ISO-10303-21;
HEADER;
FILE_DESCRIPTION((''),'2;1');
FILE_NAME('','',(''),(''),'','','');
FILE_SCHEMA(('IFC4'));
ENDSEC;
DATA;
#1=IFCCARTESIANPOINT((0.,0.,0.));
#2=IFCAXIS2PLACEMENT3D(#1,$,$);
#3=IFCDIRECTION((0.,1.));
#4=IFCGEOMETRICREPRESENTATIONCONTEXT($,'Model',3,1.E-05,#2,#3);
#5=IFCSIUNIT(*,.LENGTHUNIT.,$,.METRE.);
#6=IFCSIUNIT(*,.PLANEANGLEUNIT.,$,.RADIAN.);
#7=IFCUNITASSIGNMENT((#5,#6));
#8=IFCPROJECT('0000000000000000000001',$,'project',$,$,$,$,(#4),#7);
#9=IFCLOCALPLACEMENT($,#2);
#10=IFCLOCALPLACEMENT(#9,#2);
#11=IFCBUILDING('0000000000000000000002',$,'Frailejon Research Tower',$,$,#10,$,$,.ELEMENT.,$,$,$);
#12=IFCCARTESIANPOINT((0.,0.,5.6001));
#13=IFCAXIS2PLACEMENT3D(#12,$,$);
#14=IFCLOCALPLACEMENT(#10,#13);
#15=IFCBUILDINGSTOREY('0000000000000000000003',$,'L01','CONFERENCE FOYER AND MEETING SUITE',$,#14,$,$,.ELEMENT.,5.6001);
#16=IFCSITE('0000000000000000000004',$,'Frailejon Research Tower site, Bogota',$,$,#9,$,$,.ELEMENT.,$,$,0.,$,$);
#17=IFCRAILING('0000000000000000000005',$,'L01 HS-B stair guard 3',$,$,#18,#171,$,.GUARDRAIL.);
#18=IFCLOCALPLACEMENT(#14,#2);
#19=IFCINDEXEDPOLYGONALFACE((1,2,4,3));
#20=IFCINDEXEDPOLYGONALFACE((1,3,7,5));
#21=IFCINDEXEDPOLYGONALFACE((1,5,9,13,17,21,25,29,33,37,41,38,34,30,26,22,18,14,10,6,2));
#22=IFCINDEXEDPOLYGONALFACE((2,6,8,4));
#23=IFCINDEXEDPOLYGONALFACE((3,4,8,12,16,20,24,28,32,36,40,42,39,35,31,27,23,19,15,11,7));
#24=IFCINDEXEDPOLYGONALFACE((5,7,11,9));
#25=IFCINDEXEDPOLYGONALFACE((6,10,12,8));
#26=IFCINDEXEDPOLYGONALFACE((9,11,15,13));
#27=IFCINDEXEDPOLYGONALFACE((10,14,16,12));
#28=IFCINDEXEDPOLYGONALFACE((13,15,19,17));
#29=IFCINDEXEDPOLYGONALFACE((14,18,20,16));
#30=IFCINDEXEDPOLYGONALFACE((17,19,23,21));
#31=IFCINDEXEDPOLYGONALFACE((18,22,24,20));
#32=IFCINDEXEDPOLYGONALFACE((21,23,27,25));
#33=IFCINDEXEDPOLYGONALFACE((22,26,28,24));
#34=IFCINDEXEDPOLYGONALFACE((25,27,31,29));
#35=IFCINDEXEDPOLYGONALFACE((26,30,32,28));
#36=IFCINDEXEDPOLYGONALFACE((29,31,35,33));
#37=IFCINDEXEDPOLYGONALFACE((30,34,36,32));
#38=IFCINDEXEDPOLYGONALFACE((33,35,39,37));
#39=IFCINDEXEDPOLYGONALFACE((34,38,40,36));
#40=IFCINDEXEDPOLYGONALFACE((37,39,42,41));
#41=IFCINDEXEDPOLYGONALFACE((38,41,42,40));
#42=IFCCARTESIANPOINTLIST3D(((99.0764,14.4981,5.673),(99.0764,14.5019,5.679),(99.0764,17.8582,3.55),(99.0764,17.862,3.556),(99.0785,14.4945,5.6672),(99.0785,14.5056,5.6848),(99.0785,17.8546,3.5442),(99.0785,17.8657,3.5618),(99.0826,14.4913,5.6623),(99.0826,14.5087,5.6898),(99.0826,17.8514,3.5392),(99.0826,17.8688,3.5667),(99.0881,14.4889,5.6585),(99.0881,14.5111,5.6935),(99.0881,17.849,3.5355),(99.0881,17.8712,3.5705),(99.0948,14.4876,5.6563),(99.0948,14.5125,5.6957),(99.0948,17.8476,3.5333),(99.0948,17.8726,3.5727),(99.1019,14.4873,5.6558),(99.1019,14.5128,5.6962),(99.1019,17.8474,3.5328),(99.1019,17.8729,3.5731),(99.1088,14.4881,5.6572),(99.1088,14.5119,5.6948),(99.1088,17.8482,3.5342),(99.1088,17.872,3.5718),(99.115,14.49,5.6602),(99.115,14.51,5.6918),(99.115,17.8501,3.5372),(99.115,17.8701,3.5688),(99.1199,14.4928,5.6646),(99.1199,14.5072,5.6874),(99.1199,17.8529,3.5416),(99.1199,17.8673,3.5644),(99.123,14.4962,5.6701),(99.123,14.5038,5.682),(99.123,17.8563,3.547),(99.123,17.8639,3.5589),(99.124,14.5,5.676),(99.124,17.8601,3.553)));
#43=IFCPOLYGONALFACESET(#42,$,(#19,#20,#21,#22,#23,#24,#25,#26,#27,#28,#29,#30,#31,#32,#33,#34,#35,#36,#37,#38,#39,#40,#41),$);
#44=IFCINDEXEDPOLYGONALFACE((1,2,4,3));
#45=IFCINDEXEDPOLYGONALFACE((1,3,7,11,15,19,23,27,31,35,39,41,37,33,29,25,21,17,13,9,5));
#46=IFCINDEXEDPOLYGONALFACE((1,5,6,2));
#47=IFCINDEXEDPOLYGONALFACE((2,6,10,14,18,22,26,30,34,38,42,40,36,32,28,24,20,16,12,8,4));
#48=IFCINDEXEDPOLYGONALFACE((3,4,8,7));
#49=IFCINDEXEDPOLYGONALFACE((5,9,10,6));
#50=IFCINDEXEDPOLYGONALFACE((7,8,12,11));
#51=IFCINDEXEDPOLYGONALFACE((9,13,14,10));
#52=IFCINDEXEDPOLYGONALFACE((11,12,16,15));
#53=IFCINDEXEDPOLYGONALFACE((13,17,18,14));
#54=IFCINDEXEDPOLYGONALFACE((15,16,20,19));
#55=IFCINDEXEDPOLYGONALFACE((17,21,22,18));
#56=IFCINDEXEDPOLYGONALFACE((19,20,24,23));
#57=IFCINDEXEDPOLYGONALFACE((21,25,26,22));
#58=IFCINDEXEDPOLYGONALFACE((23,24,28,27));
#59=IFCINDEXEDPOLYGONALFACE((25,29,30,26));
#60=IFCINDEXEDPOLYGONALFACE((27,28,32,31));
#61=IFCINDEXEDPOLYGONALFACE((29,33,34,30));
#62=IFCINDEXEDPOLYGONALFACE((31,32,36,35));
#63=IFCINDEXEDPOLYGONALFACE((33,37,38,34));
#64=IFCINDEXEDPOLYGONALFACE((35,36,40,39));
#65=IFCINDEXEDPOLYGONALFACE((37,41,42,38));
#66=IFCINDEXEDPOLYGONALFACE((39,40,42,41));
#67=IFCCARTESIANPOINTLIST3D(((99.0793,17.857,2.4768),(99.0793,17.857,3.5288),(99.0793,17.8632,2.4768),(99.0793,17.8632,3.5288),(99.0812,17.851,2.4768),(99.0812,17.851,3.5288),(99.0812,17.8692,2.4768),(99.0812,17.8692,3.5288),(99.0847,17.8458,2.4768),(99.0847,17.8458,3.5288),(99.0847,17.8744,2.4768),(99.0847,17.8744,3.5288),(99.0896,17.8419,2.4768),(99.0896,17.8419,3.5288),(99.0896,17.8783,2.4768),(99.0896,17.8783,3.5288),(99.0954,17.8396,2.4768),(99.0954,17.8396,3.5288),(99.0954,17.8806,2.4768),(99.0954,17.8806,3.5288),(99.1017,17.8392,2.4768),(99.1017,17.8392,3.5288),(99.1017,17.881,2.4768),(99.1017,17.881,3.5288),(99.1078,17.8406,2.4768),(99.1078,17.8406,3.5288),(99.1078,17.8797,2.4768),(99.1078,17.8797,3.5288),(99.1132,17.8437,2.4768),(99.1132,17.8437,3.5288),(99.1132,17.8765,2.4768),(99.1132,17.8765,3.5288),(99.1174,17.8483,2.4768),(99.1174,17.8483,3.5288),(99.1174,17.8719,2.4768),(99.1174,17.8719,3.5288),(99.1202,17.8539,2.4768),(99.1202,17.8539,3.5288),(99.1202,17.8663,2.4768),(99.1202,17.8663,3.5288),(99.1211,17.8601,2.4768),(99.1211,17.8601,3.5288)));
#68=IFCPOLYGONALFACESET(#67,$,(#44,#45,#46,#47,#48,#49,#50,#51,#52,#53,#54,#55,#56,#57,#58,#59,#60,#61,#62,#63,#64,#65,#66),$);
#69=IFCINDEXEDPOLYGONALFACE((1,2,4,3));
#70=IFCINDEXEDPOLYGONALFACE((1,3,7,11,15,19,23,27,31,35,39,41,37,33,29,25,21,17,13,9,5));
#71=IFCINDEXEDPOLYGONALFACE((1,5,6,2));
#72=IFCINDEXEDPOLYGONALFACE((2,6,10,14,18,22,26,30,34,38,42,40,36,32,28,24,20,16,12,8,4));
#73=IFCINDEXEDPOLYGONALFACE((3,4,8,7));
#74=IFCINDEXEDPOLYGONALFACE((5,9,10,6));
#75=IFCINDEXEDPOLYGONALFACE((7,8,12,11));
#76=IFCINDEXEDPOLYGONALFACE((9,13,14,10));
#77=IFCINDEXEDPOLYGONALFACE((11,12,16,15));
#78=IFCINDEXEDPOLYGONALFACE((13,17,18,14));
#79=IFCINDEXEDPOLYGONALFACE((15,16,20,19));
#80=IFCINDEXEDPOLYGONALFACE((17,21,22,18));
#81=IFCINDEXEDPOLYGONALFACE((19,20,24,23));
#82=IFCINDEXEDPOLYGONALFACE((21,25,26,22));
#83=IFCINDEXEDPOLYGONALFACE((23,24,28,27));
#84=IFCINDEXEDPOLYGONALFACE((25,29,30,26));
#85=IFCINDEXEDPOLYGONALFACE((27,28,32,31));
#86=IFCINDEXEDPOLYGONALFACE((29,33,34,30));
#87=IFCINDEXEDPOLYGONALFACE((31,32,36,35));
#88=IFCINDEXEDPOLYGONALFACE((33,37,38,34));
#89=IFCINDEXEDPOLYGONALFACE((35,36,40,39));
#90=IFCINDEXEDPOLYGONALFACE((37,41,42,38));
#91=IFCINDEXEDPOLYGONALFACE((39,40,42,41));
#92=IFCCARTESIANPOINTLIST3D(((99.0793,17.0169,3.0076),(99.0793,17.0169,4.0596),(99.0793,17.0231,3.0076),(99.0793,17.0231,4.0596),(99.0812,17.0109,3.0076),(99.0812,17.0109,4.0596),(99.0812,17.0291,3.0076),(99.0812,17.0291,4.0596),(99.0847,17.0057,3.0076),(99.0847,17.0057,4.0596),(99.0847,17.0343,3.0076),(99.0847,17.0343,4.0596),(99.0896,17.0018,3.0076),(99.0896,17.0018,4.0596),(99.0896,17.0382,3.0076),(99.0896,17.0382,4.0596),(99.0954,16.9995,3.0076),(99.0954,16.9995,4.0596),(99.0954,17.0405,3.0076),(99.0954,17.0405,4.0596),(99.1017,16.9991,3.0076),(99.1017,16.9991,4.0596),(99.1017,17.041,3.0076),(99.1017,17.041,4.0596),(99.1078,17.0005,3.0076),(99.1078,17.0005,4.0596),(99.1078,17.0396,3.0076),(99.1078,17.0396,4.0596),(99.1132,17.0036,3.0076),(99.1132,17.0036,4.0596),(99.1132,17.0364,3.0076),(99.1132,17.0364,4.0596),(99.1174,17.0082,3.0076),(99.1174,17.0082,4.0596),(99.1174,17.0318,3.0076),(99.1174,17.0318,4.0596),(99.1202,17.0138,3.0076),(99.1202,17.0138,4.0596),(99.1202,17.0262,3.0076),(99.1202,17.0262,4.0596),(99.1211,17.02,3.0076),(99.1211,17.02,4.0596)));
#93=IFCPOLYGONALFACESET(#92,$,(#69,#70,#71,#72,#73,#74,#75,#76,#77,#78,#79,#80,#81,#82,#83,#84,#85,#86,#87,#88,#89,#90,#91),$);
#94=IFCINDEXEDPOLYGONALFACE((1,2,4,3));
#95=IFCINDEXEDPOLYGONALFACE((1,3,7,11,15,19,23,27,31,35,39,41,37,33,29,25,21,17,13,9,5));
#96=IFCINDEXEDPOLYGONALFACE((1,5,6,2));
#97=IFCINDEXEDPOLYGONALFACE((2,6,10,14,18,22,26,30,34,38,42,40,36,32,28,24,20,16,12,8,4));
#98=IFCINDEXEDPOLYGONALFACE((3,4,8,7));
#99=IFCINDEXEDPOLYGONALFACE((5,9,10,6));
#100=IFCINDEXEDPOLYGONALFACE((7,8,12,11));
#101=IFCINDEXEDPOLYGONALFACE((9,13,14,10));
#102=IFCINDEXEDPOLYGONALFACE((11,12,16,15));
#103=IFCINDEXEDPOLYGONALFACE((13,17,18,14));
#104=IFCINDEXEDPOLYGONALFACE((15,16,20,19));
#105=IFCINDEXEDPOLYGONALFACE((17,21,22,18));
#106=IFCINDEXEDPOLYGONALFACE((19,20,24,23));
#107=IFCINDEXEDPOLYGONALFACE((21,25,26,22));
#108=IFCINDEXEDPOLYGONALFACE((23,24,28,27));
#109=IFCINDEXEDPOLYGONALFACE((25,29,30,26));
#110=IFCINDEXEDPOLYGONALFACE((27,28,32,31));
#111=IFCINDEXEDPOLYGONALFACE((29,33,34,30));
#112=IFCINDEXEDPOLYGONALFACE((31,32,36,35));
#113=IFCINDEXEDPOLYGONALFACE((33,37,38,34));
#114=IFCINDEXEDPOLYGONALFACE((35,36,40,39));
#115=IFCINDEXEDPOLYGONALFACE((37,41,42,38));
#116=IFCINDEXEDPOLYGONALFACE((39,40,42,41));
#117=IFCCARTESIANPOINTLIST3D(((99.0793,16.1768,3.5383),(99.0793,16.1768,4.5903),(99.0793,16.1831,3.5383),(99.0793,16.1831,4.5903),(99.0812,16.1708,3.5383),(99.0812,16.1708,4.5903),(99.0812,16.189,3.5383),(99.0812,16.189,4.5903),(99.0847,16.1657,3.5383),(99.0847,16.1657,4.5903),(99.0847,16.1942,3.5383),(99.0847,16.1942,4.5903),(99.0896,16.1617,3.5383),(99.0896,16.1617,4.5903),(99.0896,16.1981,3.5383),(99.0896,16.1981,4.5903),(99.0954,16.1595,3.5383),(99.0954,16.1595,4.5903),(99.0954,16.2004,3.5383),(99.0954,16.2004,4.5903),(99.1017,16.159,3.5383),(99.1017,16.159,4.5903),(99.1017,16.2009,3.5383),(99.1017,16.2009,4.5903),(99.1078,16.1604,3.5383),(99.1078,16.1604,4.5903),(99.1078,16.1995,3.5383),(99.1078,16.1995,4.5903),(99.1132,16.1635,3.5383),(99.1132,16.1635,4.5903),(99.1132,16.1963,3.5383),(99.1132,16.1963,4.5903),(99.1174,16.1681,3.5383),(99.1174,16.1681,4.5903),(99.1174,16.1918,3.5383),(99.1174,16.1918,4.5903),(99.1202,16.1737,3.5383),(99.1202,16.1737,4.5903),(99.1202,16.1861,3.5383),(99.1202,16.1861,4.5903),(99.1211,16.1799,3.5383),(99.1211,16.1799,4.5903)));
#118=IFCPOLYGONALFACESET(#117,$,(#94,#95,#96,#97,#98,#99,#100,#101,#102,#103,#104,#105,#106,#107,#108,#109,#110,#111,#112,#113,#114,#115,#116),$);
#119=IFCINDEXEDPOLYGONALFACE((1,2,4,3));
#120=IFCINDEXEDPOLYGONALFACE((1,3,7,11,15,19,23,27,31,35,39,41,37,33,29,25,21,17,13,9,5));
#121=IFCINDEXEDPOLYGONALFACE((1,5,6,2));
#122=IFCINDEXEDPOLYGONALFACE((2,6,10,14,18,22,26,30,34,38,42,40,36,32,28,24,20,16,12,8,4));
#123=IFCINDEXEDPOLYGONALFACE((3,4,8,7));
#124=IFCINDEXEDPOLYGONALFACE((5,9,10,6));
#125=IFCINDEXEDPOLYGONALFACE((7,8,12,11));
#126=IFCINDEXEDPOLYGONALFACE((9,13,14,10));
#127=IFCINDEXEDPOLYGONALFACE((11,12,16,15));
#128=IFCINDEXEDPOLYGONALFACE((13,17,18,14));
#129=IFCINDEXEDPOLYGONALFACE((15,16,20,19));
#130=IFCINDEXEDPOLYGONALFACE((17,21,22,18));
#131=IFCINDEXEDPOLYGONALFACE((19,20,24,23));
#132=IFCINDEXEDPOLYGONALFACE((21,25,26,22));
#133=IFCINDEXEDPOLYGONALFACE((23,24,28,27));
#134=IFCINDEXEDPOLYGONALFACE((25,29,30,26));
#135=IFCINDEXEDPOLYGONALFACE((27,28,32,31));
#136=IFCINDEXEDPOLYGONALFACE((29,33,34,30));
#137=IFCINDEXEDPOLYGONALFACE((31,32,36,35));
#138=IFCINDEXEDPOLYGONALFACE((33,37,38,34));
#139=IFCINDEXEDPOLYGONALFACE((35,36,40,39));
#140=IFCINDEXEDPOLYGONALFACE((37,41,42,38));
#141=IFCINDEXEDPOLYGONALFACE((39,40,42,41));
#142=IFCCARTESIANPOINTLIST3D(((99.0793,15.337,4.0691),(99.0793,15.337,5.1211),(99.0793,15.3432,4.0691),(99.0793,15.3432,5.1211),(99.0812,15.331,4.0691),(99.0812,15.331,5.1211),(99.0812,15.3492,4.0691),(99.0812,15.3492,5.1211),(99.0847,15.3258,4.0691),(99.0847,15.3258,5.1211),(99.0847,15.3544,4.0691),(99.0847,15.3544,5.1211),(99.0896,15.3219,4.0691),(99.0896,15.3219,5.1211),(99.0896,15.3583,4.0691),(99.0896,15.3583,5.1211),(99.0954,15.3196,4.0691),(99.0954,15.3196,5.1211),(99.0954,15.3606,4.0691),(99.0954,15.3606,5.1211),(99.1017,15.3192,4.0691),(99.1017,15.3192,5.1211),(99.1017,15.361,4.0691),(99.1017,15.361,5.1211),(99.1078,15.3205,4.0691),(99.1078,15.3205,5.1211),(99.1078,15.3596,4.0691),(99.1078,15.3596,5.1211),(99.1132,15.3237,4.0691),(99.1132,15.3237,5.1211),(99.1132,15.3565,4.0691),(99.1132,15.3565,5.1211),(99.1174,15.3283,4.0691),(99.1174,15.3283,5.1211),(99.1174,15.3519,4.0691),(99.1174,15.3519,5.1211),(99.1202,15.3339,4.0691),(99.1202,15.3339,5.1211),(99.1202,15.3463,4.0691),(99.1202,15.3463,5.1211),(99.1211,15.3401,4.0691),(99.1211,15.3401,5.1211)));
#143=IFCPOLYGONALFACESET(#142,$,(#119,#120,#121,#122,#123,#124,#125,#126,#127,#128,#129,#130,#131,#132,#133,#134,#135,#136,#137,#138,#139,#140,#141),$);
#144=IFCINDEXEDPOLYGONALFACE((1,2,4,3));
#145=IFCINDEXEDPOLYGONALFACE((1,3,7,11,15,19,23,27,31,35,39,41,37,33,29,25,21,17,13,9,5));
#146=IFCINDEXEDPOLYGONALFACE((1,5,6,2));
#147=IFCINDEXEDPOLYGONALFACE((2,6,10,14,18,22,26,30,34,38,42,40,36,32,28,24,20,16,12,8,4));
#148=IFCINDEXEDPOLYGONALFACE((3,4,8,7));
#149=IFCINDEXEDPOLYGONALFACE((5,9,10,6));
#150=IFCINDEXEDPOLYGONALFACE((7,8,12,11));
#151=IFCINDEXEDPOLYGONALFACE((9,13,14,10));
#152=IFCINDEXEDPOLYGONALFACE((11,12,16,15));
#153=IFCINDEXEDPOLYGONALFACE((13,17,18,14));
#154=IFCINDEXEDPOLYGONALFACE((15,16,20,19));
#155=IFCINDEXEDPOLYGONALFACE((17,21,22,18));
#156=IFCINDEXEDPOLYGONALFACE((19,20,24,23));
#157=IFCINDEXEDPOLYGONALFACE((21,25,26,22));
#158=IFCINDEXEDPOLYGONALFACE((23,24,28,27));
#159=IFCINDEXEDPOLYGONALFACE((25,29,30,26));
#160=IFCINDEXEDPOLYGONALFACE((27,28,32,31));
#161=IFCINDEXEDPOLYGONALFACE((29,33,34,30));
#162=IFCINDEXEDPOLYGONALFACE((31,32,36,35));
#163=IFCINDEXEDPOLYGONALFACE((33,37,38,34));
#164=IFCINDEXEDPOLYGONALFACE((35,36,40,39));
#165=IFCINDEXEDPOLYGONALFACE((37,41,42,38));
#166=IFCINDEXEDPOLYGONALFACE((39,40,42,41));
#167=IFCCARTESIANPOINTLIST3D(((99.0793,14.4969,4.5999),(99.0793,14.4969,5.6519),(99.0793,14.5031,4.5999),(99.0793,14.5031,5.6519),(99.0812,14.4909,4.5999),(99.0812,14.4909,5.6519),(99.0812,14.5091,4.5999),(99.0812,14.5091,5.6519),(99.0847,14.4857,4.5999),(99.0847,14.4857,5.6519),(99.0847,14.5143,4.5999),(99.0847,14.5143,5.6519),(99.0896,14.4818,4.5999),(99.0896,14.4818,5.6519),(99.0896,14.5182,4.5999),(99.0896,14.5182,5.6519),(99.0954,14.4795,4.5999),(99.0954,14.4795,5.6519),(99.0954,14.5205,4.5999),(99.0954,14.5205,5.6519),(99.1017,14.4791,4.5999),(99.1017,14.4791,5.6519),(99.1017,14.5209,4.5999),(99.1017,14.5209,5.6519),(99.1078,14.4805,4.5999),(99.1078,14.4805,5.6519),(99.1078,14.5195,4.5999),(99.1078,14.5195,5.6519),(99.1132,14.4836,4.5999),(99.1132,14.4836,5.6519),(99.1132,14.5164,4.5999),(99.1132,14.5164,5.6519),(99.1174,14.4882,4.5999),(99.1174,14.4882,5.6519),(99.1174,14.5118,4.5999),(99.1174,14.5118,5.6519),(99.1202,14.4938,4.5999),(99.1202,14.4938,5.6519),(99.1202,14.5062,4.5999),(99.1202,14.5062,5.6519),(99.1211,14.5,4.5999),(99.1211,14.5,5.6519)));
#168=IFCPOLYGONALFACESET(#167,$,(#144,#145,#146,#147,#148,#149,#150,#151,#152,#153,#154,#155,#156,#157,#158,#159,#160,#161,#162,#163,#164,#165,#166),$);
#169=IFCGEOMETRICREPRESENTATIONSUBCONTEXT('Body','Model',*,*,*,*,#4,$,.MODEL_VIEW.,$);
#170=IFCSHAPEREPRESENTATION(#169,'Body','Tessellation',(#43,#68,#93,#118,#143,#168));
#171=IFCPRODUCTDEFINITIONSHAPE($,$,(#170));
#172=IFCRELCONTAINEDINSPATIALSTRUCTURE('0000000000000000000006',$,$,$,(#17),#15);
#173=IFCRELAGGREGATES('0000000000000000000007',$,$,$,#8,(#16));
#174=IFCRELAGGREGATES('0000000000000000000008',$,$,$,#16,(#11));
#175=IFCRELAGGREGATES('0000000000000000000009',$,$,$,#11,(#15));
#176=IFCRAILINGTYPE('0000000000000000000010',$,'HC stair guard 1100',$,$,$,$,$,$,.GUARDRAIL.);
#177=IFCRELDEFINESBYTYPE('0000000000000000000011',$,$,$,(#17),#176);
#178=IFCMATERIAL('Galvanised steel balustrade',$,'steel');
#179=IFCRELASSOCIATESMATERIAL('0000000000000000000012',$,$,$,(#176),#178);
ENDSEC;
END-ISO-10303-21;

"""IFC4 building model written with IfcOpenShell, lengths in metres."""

from ifc_helpers import new_model, si_unit, direction, frame, origin, origin_2d, place, context, subcontext, project, spatial, circle, extrude, material, type_object, element, save


model = new_model("IFC4")

# Units and contexts
model_context = context("Model", 3, precision=1e-05, world=origin(), true_north=direction((0.0, 1.0)))
body_context = subcontext(model_context, "Body", "Model", "MODEL_VIEW")
ifc_project = project(units=[si_unit("LENGTHUNIT", "METRE"), si_unit("PLANEANGLEUNIT", "RADIAN")], contexts=[model_context])

# Site, building, storey
site_placement = place(None, origin())
site = spatial("IfcSite", under=ifc_project, at=site_placement, Name="Frailejon Research Tower site, Bogota", CompositionType="ELEMENT", RefElevation=0.0)
building_placement = place(site_placement, origin())
building = spatial("IfcBuilding", under=site, at=building_placement, Name="Frailejon Research Tower", CompositionType="ELEMENT")
storey_placement = place(building_placement, frame((0.0, 0.0, 5.6001)))
storey = spatial("IfcBuildingStorey", under=building, at=storey_placement, Name="L01", Description="CONFERENCE FOYER AND MEETING SUITE", CompositionType="ELEMENT", Elevation=5.6001)

# Railing
ifc_material_1 = material(Name="Galvanised steel balustrade", Category="steel")
railing_type_1 = type_object("IfcRailingType", Name="HC stair guard 1100", PredefinedType="GUARDRAIL", material=ifc_material_1)
railing_1_placement = place(storey_placement, frame((99.1001, 17.8601, 2.4768)))
element("IfcRailing", 1, at=railing_1_placement, inside=storey, type_object=railing_type_1, Name="L01 HS-B stair guard 3", PredefinedType="GUARDRAIL", context=body_context, shape_type="SweptSolid", body=[
    extrude(circle(Radius=0.0239, at=origin_2d()), frame((0.0, 0.0, 1.0762), z_axis=(0.0, -0.84539, 0.53415), x_axis=(1.0, 0.0, 0.0)), (0.0, 0.0, 1.0), 3.9746),
    extrude(circle(Radius=0.021, at=origin_2d()), origin(), (0.0, 0.0, 1.0), 1.052),
    extrude(circle(Radius=0.021, at=origin_2d()), frame((0.0, -0.8401, 0.5308)), (0.0, 0.0, 1.0), 1.052),
    extrude(circle(Radius=0.021, at=origin_2d()), frame((0.0, -1.6802, 1.0615)), (0.0, 0.0, 1.0), 1.052),
    extrude(circle(Radius=0.021, at=origin_2d()), frame((0.0, -2.52, 1.5923)), (0.0, 0.0, 1.0), 1.052),
    extrude(circle(Radius=0.021, at=origin_2d()), frame((0.0, -3.3601, 2.123)), (0.0, 0.0, 1.0), 1.052),
])

save(model, "model.ifc")
